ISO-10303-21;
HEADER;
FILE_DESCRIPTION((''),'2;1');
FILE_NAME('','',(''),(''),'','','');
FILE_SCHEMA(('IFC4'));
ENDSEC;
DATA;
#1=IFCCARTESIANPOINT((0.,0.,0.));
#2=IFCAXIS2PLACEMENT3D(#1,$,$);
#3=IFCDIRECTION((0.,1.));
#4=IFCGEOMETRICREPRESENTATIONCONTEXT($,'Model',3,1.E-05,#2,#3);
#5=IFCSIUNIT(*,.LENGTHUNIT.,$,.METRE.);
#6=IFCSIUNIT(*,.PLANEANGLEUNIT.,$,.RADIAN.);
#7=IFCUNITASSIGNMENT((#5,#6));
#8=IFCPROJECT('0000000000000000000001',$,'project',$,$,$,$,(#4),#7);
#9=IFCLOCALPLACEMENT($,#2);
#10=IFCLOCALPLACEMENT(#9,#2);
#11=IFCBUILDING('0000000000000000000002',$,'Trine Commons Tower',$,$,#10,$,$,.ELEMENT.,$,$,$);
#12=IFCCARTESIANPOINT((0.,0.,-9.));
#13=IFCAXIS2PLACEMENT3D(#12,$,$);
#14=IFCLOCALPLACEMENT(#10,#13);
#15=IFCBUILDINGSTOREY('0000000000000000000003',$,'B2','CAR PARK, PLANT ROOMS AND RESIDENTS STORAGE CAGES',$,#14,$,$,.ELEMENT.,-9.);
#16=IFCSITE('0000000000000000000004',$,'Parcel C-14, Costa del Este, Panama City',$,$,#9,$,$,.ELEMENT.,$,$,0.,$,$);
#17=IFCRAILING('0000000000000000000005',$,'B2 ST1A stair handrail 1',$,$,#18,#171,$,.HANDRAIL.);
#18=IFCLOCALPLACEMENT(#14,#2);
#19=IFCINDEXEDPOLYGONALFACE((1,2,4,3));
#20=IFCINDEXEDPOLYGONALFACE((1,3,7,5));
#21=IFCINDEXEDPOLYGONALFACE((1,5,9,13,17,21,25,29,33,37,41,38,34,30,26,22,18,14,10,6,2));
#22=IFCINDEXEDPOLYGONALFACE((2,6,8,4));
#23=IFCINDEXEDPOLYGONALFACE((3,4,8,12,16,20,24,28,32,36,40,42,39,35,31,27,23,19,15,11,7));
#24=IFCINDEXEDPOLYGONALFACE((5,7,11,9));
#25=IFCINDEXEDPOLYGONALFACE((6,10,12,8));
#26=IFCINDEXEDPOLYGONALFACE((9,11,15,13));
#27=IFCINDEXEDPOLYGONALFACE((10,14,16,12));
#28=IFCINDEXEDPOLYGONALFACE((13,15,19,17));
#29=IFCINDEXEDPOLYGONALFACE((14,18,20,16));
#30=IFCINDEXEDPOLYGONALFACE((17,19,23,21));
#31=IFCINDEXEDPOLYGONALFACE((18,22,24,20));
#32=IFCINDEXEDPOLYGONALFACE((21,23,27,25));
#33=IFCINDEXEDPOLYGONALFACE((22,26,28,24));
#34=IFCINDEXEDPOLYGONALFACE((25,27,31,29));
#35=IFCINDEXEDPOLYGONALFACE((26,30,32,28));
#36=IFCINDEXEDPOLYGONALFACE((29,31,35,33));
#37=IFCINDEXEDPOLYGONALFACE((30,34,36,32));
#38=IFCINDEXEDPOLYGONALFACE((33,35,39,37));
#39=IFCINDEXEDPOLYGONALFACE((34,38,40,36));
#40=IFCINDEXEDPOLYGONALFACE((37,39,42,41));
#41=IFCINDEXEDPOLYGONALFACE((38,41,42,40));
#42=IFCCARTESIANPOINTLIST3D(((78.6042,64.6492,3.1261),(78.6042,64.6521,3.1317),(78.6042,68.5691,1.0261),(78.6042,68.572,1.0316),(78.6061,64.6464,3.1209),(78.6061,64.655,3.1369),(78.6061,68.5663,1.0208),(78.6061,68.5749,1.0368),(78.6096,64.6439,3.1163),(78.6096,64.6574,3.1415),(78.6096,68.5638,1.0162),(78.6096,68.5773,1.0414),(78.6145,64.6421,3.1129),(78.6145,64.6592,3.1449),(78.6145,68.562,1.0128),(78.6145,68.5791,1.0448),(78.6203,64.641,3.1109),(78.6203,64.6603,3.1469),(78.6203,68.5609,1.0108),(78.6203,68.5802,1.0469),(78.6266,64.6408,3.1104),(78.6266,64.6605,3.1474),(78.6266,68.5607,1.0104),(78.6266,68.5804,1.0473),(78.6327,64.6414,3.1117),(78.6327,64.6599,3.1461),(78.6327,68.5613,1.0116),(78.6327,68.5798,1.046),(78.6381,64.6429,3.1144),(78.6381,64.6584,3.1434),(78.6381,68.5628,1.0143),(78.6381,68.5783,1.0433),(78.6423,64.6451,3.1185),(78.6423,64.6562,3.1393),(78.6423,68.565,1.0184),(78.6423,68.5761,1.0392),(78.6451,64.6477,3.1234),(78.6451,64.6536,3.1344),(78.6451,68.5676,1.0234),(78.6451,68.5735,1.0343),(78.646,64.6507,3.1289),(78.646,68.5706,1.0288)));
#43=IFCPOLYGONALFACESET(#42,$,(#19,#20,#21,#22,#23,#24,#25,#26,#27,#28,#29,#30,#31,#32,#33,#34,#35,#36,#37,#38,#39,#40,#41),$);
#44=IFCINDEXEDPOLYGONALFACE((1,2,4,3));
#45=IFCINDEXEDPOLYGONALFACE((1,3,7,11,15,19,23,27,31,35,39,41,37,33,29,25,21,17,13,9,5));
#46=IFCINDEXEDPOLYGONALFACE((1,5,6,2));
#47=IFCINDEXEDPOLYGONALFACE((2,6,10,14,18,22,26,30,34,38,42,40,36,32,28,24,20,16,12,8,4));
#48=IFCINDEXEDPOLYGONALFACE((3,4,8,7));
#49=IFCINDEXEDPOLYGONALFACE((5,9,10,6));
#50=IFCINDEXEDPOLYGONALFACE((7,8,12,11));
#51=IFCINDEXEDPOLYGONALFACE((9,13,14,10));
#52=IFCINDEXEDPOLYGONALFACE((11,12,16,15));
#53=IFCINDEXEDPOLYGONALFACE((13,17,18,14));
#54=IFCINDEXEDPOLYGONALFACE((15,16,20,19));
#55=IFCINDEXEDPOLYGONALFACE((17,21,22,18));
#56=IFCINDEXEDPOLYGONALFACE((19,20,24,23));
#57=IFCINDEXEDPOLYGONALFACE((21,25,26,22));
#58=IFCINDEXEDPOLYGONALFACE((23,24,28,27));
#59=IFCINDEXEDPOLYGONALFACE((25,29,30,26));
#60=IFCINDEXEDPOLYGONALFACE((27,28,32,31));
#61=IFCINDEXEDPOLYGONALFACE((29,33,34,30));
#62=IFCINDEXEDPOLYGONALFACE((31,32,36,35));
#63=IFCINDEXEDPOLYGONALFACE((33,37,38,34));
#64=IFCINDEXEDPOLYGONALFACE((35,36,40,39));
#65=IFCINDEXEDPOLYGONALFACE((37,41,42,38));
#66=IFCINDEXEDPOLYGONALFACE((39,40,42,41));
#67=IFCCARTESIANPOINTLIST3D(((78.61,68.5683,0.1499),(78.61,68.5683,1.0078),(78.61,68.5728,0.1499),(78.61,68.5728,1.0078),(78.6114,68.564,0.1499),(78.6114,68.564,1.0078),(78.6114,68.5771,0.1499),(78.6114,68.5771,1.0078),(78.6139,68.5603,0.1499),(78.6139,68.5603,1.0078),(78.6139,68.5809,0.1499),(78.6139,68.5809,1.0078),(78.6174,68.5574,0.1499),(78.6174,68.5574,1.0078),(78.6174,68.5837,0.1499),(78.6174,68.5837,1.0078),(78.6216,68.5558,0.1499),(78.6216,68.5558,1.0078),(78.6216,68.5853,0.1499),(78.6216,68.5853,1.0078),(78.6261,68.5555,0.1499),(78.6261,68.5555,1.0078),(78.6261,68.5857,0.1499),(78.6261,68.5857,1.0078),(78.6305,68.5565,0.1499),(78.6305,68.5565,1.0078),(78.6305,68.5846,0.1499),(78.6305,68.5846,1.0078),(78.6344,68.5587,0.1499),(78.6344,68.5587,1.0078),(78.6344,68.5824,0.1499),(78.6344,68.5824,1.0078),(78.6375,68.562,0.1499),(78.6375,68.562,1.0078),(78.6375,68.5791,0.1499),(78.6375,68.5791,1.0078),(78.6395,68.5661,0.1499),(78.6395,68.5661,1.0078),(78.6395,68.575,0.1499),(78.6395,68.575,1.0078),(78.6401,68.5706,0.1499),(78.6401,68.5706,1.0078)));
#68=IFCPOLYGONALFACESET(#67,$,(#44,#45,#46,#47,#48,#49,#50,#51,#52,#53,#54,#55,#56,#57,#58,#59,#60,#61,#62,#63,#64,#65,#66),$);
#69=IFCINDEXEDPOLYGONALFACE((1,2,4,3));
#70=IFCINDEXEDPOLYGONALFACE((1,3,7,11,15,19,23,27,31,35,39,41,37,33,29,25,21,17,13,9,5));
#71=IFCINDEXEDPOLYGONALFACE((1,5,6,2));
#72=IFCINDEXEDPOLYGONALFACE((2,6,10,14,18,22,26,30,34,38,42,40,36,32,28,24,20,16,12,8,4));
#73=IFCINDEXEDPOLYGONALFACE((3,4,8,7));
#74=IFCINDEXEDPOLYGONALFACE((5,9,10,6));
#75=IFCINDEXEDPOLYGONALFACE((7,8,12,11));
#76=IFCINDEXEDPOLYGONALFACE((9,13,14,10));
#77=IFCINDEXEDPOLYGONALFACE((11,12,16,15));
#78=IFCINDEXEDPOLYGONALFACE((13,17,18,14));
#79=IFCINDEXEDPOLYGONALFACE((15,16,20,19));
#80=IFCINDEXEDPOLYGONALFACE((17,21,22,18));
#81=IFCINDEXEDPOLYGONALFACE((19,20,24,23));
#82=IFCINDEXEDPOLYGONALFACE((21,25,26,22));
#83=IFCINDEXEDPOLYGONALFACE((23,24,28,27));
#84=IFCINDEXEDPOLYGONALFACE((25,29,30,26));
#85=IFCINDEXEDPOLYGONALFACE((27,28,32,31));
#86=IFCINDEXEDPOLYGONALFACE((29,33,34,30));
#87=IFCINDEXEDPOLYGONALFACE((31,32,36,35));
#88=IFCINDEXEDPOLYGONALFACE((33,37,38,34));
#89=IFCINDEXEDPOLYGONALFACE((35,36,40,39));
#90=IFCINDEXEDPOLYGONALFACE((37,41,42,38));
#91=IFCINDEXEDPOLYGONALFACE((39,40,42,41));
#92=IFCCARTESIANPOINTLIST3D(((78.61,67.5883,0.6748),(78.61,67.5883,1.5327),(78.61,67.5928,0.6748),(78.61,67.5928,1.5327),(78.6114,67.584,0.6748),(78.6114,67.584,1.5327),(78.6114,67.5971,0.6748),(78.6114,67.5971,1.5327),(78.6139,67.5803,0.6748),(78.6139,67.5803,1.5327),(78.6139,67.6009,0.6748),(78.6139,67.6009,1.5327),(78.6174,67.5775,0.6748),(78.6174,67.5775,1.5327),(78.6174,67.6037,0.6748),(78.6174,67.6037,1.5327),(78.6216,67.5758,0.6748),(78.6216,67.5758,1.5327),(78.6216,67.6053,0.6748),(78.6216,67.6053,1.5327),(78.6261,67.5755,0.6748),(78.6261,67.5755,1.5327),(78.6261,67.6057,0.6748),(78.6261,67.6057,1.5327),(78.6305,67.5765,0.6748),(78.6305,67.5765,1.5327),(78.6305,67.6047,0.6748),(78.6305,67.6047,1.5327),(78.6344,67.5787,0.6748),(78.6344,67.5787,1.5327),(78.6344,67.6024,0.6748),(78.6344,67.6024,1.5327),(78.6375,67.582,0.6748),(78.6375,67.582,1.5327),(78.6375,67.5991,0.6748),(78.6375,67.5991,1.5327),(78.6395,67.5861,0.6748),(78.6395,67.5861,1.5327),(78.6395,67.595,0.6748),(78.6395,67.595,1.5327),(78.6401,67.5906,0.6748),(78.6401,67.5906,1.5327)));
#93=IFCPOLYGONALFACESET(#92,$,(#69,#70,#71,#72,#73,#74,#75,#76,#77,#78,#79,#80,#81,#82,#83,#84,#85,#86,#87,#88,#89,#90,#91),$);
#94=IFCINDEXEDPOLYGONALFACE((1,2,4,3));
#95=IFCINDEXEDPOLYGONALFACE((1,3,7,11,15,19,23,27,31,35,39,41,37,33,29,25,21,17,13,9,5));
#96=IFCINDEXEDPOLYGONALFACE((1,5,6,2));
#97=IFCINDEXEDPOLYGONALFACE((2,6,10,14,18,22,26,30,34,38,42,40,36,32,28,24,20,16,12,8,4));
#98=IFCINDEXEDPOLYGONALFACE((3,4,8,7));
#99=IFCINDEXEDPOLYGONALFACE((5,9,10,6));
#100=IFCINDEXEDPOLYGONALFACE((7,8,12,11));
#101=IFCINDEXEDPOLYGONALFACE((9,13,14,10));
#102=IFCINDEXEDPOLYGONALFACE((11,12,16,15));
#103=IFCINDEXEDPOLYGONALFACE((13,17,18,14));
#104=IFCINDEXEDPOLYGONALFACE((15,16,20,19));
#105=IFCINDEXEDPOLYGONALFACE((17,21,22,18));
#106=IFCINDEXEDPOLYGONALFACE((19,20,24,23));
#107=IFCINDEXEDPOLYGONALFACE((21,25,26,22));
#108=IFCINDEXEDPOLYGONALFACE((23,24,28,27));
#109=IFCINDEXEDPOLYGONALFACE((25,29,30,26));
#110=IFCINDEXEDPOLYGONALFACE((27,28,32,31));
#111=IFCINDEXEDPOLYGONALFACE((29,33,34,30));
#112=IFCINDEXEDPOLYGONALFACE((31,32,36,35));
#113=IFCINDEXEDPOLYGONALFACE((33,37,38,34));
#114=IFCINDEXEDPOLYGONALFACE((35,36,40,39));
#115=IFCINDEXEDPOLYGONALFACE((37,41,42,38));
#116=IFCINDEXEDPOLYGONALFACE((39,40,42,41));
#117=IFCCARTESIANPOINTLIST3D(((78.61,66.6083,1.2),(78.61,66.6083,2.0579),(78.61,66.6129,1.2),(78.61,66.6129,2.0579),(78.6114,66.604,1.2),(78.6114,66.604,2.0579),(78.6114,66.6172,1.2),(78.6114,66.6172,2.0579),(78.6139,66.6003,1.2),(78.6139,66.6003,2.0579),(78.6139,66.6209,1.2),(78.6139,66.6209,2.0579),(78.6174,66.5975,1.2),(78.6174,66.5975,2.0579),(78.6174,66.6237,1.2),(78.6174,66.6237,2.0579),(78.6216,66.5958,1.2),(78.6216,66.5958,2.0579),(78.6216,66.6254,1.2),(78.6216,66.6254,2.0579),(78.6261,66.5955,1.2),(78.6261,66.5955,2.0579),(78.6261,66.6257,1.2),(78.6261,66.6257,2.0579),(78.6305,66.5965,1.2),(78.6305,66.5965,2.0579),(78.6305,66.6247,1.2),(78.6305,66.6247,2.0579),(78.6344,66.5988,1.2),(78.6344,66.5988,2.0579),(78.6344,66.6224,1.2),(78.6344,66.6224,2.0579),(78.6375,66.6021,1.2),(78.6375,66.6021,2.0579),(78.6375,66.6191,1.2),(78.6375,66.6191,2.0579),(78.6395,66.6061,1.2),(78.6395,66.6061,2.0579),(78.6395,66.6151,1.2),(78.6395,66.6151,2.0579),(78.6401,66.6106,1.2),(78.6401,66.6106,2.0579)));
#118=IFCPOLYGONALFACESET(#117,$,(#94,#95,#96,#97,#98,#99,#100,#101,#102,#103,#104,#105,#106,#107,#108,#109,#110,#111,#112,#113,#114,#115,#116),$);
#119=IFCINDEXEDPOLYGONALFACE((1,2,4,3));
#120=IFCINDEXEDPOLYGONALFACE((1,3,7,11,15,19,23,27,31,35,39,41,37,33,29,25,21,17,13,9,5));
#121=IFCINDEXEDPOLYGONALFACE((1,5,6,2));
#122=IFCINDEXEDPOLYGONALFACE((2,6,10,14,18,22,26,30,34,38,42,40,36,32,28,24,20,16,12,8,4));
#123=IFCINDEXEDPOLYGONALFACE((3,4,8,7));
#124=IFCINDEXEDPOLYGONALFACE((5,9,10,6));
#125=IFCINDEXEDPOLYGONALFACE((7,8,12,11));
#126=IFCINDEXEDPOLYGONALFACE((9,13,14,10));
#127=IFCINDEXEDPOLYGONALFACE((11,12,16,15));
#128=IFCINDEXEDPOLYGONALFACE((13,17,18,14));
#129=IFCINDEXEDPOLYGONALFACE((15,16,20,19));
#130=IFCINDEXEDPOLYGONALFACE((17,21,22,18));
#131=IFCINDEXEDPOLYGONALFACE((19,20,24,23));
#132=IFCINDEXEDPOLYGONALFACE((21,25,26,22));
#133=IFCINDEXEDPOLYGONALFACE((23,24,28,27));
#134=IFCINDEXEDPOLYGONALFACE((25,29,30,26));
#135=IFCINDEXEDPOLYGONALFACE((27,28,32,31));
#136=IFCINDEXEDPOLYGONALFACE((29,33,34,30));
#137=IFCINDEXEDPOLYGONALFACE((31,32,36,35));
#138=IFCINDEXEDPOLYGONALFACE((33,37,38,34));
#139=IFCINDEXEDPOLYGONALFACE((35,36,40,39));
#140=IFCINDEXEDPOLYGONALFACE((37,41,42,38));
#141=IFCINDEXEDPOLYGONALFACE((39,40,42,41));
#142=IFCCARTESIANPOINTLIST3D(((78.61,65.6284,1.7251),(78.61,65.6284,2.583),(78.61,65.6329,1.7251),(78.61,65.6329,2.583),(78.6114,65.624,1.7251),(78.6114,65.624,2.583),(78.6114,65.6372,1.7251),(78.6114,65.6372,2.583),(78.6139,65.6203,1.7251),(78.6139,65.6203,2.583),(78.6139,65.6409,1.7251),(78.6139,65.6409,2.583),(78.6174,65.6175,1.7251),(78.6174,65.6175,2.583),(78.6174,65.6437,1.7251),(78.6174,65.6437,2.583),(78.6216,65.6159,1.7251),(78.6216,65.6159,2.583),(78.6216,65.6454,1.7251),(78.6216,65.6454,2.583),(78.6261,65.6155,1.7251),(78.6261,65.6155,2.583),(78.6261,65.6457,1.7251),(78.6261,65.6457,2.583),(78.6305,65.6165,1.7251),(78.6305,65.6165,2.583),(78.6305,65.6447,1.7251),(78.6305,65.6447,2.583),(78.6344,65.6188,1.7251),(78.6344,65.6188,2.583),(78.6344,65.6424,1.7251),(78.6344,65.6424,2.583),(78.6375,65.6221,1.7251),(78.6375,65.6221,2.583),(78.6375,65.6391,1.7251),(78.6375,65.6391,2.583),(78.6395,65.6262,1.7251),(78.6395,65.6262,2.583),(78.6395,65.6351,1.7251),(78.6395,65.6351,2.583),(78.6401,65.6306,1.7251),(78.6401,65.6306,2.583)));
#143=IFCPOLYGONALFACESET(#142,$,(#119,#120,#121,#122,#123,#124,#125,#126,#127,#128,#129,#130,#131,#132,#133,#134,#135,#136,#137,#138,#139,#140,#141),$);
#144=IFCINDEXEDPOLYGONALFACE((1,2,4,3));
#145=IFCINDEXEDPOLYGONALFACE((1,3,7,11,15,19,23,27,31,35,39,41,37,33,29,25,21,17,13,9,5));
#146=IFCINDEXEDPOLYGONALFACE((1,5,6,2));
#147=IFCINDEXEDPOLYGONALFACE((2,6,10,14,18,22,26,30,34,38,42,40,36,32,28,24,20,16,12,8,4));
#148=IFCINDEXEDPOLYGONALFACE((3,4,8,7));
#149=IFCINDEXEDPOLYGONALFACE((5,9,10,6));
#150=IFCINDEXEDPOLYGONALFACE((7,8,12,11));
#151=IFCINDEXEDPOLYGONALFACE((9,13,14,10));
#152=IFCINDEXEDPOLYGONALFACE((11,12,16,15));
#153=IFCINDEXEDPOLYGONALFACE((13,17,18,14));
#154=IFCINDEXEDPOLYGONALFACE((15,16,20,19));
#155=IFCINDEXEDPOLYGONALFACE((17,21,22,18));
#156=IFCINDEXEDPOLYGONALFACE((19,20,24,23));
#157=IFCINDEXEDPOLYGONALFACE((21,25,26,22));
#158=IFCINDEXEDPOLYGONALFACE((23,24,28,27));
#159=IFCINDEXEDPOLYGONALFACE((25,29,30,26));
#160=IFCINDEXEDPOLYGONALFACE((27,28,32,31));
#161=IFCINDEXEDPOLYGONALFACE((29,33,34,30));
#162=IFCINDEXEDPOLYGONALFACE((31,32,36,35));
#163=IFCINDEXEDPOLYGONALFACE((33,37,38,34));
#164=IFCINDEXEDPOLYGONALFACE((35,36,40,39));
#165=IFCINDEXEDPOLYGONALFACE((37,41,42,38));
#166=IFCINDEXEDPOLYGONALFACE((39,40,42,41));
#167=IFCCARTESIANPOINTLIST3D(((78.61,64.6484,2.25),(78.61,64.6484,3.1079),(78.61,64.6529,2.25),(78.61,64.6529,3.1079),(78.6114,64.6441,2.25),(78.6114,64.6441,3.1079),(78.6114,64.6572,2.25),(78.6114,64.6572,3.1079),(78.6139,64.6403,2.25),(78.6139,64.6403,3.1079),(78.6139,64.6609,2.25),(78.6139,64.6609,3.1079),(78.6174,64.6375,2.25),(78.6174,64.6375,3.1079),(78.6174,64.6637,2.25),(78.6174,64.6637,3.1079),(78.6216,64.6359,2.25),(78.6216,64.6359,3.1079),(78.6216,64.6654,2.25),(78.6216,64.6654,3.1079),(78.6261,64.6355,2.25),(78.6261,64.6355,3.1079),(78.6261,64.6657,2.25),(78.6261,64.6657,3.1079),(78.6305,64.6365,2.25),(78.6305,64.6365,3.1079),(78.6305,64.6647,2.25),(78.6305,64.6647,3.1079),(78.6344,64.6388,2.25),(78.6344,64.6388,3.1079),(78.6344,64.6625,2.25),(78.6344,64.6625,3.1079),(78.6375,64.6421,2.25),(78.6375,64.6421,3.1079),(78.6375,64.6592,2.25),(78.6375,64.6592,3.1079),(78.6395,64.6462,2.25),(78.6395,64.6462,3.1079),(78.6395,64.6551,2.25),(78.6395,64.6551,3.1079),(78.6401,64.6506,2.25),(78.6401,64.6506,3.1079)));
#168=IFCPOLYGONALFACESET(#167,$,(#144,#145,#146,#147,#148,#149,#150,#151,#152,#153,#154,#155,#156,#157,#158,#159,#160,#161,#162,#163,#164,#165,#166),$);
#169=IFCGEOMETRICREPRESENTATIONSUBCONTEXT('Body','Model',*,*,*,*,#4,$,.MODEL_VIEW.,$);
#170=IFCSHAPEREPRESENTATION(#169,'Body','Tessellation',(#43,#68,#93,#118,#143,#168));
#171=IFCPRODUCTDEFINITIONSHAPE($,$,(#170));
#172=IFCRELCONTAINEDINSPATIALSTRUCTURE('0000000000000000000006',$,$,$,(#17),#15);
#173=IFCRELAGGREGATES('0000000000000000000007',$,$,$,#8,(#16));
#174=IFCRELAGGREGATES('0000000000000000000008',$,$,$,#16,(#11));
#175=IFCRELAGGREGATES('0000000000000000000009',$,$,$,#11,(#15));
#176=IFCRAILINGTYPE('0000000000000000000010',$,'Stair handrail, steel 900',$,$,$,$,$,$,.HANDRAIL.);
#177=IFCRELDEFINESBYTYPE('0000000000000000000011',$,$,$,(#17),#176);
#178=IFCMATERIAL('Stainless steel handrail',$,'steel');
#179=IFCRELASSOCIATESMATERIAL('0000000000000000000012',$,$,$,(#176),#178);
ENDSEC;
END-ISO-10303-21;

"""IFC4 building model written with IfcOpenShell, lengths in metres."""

from ifc_helpers import new_model, si_unit, direction, frame, origin, origin_2d, place, context, subcontext, project, spatial, circle, extrude, material, type_object, element, save


model = new_model("IFC4")

# Units and contexts
model_context = context("Model", 3, precision=1e-05, world=origin(), true_north=direction((0.0, 1.0)))
body_context = subcontext(model_context, "Body", "Model", "MODEL_VIEW")
ifc_project = project(units=[si_unit("LENGTHUNIT", "METRE"), si_unit("PLANEANGLEUNIT", "RADIAN")], contexts=[model_context])

# Site, building, storey
site_placement = place(None, origin())
site = spatial("IfcSite", under=ifc_project, at=site_placement, Name="Parcel C-14, Costa del Este, Panama City", CompositionType="ELEMENT", RefElevation=0.0)
building_placement = place(site_placement, origin())
building = spatial("IfcBuilding", under=site, at=building_placement, Name="Trine Commons Tower", CompositionType="ELEMENT")
storey_placement = place(building_placement, frame((0.0, 0.0, -9.0)))
storey = spatial("IfcBuildingStorey", under=building, at=storey_placement, Name="B2", Description="CAR PARK, PLANT ROOMS AND RESIDENTS STORAGE CAGES", CompositionType="ELEMENT", Elevation=-9.0)

# Railing
ifc_material_1 = material(Name="Stainless steel handrail", Category="steel")
railing_type_1 = type_object("IfcRailingType", Name="Stair handrail, steel 900", PredefinedType="HANDRAIL", material=ifc_material_1)
railing_1_placement = place(storey_placement, frame((78.625, 68.5706, 0.1499)))
element("IfcRailing", 1, at=railing_1_placement, inside=storey, type_object=railing_type_1, Name="B2 ST1A stair handrail 1", PredefinedType="HANDRAIL", context=body_context, shape_type="SweptSolid", body=[
    extrude(circle(Radius=0.021, at=origin_2d()), frame((0.0, 0.0, 0.8789), z_axis=(0.0, -0.881467, 0.472246), x_axis=(1.0, 0.0, 0.0)), (0.0, 0.0, 1.0), 4.447),
    extrude(circle(Radius=0.0151, at=origin_2d()), origin(), (0.0, 0.0, 1.0), 0.8579),
    extrude(circle(Radius=0.0151, at=origin_2d()), frame((0.0, -0.98, 0.5249)), (0.0, 0.0, 1.0), 0.8579),
    extrude(circle(Radius=0.0151, at=origin_2d()), frame((0.0, -1.96, 1.05)), (0.0, 0.0, 1.0), 0.8579),
    extrude(circle(Radius=0.0151, at=origin_2d()), frame((0.0, -2.9399, 1.5752)), (0.0, 0.0, 1.0), 0.8579),
    extrude(circle(Radius=0.0151, at=origin_2d()), frame((0.0, -3.9199, 2.1001)), (0.0, 0.0, 1.0), 0.8579),
])

save(model, "model.ifc")
